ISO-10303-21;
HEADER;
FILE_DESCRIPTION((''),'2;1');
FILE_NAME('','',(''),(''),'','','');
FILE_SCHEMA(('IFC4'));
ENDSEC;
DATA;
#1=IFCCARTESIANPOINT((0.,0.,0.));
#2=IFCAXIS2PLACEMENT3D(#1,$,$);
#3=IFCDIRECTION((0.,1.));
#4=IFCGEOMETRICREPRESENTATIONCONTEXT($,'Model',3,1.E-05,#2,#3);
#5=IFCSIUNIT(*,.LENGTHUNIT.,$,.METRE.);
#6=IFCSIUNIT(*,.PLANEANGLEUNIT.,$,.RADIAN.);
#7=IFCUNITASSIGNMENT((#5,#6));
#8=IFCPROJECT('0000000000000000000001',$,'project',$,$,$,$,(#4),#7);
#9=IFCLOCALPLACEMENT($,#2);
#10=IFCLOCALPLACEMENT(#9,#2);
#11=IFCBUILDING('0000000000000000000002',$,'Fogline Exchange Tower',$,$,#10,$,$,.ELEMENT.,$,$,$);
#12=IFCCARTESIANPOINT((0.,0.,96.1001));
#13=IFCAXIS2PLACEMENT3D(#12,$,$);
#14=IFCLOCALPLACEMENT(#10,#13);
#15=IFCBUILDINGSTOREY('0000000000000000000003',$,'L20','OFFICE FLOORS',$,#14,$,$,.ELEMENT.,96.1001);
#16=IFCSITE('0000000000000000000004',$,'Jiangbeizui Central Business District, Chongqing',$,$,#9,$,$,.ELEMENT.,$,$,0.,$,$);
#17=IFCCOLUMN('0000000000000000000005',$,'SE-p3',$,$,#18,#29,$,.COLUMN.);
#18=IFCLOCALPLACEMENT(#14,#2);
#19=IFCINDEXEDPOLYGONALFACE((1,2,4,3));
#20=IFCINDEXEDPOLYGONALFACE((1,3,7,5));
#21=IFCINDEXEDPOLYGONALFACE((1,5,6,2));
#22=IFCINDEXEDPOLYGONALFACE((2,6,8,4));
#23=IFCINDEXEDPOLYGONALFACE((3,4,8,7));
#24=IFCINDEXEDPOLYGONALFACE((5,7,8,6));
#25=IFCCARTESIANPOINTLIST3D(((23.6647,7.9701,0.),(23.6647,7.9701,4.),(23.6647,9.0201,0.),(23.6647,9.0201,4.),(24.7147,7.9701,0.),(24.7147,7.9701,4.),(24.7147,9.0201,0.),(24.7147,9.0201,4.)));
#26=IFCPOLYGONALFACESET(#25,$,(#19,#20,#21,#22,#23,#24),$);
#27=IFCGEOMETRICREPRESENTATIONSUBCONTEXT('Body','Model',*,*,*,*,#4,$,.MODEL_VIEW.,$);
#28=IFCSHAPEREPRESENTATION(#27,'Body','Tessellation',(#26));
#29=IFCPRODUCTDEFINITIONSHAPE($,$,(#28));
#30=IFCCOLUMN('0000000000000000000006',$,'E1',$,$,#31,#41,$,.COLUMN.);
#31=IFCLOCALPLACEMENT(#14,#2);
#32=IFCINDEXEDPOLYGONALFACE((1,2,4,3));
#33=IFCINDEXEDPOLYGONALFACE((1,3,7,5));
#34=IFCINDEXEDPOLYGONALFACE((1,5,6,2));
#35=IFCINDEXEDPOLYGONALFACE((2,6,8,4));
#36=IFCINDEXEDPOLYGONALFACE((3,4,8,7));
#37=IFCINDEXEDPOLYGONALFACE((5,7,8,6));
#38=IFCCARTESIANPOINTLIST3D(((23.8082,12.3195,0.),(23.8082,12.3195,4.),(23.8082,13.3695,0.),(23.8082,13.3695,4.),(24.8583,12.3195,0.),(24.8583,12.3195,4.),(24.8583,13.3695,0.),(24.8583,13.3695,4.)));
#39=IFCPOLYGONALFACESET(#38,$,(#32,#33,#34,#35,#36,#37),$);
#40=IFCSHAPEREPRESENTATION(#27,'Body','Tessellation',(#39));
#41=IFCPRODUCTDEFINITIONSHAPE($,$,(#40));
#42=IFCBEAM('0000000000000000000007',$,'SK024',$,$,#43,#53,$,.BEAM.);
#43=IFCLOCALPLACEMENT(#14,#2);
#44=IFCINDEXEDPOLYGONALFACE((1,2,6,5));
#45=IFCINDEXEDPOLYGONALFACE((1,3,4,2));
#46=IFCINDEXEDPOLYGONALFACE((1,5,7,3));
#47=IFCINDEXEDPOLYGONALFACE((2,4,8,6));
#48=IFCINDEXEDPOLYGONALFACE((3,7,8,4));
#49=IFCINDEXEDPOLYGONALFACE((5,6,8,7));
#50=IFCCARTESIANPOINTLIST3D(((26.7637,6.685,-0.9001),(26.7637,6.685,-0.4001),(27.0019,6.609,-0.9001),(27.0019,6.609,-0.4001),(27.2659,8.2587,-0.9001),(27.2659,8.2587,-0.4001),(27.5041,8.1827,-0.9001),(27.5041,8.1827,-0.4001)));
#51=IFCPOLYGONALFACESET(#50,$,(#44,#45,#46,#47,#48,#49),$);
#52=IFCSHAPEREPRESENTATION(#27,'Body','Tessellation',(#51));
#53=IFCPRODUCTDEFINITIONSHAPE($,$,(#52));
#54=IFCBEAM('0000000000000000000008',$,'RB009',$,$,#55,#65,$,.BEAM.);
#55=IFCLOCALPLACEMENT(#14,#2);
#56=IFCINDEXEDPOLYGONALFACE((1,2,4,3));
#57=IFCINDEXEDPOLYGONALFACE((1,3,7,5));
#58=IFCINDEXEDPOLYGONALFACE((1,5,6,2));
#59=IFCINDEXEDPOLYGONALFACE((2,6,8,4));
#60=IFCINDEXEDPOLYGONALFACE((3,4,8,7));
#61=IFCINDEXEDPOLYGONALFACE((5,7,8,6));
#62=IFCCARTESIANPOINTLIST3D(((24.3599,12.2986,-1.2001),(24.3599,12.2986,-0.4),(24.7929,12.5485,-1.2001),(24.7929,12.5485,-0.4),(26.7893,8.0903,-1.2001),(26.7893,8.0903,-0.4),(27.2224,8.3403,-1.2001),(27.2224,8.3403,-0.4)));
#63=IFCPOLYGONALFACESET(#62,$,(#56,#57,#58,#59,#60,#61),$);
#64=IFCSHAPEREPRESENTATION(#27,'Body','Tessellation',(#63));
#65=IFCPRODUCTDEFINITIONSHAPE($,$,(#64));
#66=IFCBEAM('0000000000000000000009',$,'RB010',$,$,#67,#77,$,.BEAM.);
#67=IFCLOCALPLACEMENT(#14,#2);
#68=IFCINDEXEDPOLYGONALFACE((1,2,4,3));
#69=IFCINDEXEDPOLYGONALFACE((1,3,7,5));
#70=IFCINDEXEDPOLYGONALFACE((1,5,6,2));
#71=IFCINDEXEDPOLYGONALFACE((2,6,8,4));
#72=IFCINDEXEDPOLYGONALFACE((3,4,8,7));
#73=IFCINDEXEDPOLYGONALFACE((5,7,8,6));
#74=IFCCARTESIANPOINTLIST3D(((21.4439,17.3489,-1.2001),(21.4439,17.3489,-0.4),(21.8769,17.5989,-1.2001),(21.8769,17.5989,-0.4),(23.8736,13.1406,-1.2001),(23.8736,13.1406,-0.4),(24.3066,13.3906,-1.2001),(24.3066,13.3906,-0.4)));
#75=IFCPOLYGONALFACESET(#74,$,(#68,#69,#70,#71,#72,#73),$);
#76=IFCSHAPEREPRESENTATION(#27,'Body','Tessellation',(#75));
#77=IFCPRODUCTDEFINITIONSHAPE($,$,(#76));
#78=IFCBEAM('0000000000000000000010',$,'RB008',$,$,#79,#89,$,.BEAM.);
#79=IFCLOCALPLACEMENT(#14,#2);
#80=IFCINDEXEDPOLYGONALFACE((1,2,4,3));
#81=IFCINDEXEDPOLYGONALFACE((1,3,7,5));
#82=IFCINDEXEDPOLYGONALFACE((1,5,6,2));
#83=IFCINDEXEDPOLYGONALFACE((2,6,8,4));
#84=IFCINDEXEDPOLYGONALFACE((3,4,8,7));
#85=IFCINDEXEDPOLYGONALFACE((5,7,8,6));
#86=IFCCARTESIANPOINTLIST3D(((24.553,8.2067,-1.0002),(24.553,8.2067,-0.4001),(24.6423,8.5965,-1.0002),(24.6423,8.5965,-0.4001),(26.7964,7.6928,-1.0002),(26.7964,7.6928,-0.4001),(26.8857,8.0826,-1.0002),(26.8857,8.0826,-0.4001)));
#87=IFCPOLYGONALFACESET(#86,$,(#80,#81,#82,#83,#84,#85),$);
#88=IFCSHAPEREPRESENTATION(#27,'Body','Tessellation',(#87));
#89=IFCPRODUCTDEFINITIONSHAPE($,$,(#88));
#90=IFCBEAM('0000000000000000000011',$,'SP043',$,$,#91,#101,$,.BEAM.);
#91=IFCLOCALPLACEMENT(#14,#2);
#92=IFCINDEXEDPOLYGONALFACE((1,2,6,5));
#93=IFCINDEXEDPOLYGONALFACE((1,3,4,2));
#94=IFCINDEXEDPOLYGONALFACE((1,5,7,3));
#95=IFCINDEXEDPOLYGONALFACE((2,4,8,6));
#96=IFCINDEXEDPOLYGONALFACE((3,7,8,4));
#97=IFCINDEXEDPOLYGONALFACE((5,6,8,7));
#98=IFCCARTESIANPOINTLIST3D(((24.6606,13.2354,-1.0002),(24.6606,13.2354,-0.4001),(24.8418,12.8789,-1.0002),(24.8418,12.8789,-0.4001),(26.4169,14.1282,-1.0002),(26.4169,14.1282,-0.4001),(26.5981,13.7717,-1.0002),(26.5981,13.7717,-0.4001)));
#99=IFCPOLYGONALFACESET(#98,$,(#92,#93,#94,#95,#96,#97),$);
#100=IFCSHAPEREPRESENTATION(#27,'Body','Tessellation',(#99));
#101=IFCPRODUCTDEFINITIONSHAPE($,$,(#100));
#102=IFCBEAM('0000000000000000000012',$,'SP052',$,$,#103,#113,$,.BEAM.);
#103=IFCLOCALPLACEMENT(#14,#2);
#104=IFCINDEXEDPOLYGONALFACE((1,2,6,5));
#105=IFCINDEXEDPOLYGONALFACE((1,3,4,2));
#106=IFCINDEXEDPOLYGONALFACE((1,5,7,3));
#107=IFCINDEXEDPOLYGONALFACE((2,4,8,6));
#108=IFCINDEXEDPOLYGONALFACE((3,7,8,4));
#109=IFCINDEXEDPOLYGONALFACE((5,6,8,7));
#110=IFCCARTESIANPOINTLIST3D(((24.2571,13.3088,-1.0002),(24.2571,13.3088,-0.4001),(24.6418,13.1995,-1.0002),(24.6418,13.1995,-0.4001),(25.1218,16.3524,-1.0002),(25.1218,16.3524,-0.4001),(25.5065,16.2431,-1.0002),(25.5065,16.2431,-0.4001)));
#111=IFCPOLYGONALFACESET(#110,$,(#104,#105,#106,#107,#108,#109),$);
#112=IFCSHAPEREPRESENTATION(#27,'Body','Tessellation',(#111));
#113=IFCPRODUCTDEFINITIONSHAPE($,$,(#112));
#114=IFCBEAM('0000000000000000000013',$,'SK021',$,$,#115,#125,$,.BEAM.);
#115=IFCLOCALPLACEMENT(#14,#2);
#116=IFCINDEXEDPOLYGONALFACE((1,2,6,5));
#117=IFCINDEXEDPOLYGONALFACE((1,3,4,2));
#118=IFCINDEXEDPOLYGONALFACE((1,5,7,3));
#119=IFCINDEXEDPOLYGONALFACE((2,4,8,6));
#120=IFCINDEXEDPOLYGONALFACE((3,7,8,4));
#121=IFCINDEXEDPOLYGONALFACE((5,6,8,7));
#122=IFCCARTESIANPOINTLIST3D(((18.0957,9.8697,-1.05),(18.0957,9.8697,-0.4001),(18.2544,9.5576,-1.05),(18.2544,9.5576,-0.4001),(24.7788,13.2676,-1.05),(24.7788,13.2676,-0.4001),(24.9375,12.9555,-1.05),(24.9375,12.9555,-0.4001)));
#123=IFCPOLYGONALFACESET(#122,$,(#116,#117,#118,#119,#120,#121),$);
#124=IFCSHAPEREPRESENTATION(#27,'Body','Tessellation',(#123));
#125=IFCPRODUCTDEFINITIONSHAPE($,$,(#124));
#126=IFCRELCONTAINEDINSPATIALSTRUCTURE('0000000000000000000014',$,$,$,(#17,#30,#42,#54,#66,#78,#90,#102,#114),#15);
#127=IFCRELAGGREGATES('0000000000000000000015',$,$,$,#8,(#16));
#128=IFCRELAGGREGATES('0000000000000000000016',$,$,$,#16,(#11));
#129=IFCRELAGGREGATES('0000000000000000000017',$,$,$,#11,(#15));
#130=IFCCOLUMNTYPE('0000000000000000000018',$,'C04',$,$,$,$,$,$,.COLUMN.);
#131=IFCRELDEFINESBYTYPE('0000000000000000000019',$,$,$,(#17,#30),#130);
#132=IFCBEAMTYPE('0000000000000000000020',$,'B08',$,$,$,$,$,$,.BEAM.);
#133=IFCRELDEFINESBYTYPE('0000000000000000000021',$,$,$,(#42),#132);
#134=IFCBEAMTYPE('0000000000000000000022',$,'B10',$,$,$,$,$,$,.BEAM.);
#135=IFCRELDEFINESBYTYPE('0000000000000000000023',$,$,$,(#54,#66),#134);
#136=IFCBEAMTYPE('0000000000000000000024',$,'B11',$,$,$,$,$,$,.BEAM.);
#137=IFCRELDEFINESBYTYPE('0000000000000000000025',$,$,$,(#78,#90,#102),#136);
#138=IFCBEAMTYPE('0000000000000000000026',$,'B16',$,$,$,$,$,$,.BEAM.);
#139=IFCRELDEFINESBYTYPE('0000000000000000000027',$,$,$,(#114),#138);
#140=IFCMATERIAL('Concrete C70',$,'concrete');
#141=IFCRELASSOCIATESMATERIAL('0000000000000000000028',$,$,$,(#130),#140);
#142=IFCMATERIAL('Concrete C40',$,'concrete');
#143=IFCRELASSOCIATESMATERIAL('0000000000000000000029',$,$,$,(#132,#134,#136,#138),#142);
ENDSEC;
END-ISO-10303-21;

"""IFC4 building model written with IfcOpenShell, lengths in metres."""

from ifc_helpers import new_model, si_unit, direction, frame, origin, origin_2d, place, context, subcontext, project, spatial, rectangle, extrude, material, material_profile, profile_set, type_object, element, save


model = new_model("IFC4")

# Units and contexts
model_context = context("Model", 3, precision=1e-05, world=origin(), true_north=direction((0.0, 1.0)))
body_context = subcontext(model_context, "Body", "Model", "MODEL_VIEW")
ifc_project = project(units=[si_unit("LENGTHUNIT", "METRE"), si_unit("PLANEANGLEUNIT", "RADIAN")], contexts=[model_context])

# Site, building, storey
site_placement = place(None, origin())
site = spatial("IfcSite", under=ifc_project, at=site_placement, Name="Jiangbeizui Central Business District, Chongqing", CompositionType="ELEMENT", RefElevation=0.0)
building_placement = place(site_placement, origin())
building = spatial("IfcBuilding", under=site, at=building_placement, Name="Fogline Exchange Tower", CompositionType="ELEMENT")
storey_placement = place(building_placement, frame((0.0, 0.0, 96.1001)))
storey = spatial("IfcBuildingStorey", under=building, at=storey_placement, Name="L20", Description="OFFICE FLOORS", CompositionType="ELEMENT", Elevation=96.1001)

# Columns
ifc_material_1 = material(Name="Concrete C70", Category="concrete")
ifc_material_profile_1 = material_profile(ifc_material_1, rectangle(XDim=1.05, YDim=1.05, at=origin_2d()), Name="RC 1050x1050")
ifc_profile_set_1 = profile_set([ifc_material_profile_1], Name="Concrete C70")
column_type = type_object("IfcColumnType", Name="C04", PredefinedType="COLUMN", material=ifc_profile_set_1)
for number, where, z_axis, x_axis, name in (
    (1, (24.1897, 8.4951, 0.0), (0.0, 0.0, 1.0), (1.0, 0.0, 0.0), "SE-p3"),
    (2, (24.3333, 12.8445, 0.0), (0.0, 0.0, 1.0), (1.0, 0.0, 0.0), "E1"),
):
    element("IfcColumn", number, at=place(storey_placement, frame(where, z_axis=z_axis, x_axis=x_axis)), inside=storey, type_object=column_type, Name=name, PredefinedType="COLUMN", context=body_context, shape_type="SweptSolid", body=[
        extrude(rectangle(XDim=1.05, YDim=1.05, at=origin_2d()), origin(), (0.0, 0.0, 1.0), 4.0),
    ])

# Beams
ifc_material_2 = material(Name="Concrete C40", Category="concrete")
ifc_material_profile_2 = material_profile(ifc_material_2, rectangle(XDim=0.25, YDim=0.5, at=origin_2d()), Name="RC 250x500")
ifc_profile_set_2 = profile_set([ifc_material_profile_2], Name="Concrete C40")
beam_type_1 = type_object("IfcBeamType", Name="B08", PredefinedType="BEAM", material=ifc_profile_set_2)
beam_1_placement = place(storey_placement, frame((27.385, 8.2207, -0.6501), z_axis=(-0.304009, -0.952669, 0.0), x_axis=(0.952669, -0.304009, 0.0)))
element("IfcBeam", 3, at=beam_1_placement, inside=storey, type_object=beam_type_1, Name="SK024", PredefinedType="BEAM", context=body_context, shape_type="SweptSolid", body=[
    extrude(rectangle(XDim=0.25, YDim=0.5, at=origin_2d()), origin(), (0.0, 0.0, 1.0), 1.6519),
])
ifc_material_profile_3 = material_profile(ifc_material_2, rectangle(XDim=0.5, YDim=0.8, at=origin_2d()), Name="RC 500x800")
ifc_profile_set_3 = profile_set([ifc_material_profile_3], Name="Concrete C40")
beam_type_2 = type_object("IfcBeamType", Name="B10", PredefinedType="BEAM", material=ifc_profile_set_3)
beam_2_placement = place(storey_placement, frame((27.0059, 8.2153, -0.8), z_axis=(-0.49997, 0.866043, 0.0), x_axis=(-0.866043, -0.49997, 0.0)))
element("IfcBeam", 4, at=beam_2_placement, inside=storey, type_object=beam_type_2, Name="RB009", PredefinedType="BEAM", context=body_context, shape_type="SweptSolid", body=[
    extrude(rectangle(XDim=0.5, YDim=0.8, at=origin_2d()), origin(), (0.0, 0.0, 1.0), 4.8591),
])
beam_3_placement = place(storey_placement, frame((24.0901, 13.2656, -0.8), z_axis=(-0.500008, 0.866021, 0.0), x_axis=(-0.866021, -0.500008, 0.0)))
element("IfcBeam", 5, at=beam_3_placement, inside=storey, type_object=beam_type_2, Name="RB010", PredefinedType="BEAM", context=body_context, shape_type="SweptSolid", body=[
    extrude(rectangle(XDim=0.5, YDim=0.8, at=origin_2d()), origin(), (0.0, 0.0, 1.0), 4.8594),
])
ifc_material_profile_4 = material_profile(ifc_material_2, rectangle(XDim=0.3999, YDim=0.6001, at=origin_2d()), Name="RC 400x600")
ifc_profile_set_4 = profile_set([ifc_material_profile_4], Name="Concrete C40")
beam_type_3 = type_object("IfcBeamType", Name="B11", PredefinedType="BEAM", material=ifc_profile_set_4)
beam_4_placement = place(storey_placement, frame((24.5977, 8.4016, -0.7002), z_axis=(0.974751, -0.223294, 0.0), x_axis=(0.223294, 0.974751, 0.0)))
element("IfcBeam", 6, at=beam_4_placement, inside=storey, type_object=beam_type_3, Name="RB008", PredefinedType="BEAM", context=body_context, shape_type="SweptSolid", body=[
    extrude(rectangle(XDim=0.3999, YDim=0.6001, at=origin_2d()), origin(), (0.0, 0.0, 1.0), 2.3015),
])
beam_5_placement = place(storey_placement, frame((24.7512, 13.0571, -0.7002), z_axis=(0.891433, 0.453152, 0.0), x_axis=(-0.453152, 0.891433, 0.0)))
element("IfcBeam", 7, at=beam_5_placement, inside=storey, type_object=beam_type_3, Name="SP043", PredefinedType="BEAM", context=body_context, shape_type="SweptSolid", body=[
    extrude(rectangle(XDim=0.3999, YDim=0.6001, at=origin_2d()), origin(), (0.0, 0.0, 1.0), 1.9702),
])
beam_6_placement = place(storey_placement, frame((24.4495, 13.2542, -0.7002), z_axis=(0.273294, 0.961931, 0.0), x_axis=(-0.961931, 0.273294, 0.0)))
element("IfcBeam", 8, at=beam_6_placement, inside=storey, type_object=beam_type_3, Name="SP052", PredefinedType="BEAM", context=body_context, shape_type="SweptSolid", body=[
    extrude(rectangle(XDim=0.3999, YDim=0.6001, at=origin_2d()), origin(), (0.0, 0.0, 1.0), 3.1641),
])
ifc_material_profile_5 = material_profile(ifc_material_2, rectangle(XDim=0.3501, YDim=0.6499, at=origin_2d()), Name="RC 350x650")
ifc_profile_set_5 = profile_set([ifc_material_profile_5], Name="Concrete C40")
beam_type_4 = type_object("IfcBeamType", Name="B16", PredefinedType="BEAM", material=ifc_profile_set_5)
beam_7_placement = place(storey_placement, frame((24.8582, 13.1116, -0.7251), z_axis=(-0.891398, -0.453221, 0.0), x_axis=(0.453221, -0.891398, 0.0)))
element("IfcBeam", 9, at=beam_7_placement, inside=storey, type_object=beam_type_4, Name="SK021", PredefinedType="BEAM", context=body_context, shape_type="SweptSolid", body=[
    extrude(rectangle(XDim=0.3501, YDim=0.6499, at=origin_2d()), origin(), (0.0, 0.0, 1.0), 7.4973),
])

save(model, "model.ifc")
